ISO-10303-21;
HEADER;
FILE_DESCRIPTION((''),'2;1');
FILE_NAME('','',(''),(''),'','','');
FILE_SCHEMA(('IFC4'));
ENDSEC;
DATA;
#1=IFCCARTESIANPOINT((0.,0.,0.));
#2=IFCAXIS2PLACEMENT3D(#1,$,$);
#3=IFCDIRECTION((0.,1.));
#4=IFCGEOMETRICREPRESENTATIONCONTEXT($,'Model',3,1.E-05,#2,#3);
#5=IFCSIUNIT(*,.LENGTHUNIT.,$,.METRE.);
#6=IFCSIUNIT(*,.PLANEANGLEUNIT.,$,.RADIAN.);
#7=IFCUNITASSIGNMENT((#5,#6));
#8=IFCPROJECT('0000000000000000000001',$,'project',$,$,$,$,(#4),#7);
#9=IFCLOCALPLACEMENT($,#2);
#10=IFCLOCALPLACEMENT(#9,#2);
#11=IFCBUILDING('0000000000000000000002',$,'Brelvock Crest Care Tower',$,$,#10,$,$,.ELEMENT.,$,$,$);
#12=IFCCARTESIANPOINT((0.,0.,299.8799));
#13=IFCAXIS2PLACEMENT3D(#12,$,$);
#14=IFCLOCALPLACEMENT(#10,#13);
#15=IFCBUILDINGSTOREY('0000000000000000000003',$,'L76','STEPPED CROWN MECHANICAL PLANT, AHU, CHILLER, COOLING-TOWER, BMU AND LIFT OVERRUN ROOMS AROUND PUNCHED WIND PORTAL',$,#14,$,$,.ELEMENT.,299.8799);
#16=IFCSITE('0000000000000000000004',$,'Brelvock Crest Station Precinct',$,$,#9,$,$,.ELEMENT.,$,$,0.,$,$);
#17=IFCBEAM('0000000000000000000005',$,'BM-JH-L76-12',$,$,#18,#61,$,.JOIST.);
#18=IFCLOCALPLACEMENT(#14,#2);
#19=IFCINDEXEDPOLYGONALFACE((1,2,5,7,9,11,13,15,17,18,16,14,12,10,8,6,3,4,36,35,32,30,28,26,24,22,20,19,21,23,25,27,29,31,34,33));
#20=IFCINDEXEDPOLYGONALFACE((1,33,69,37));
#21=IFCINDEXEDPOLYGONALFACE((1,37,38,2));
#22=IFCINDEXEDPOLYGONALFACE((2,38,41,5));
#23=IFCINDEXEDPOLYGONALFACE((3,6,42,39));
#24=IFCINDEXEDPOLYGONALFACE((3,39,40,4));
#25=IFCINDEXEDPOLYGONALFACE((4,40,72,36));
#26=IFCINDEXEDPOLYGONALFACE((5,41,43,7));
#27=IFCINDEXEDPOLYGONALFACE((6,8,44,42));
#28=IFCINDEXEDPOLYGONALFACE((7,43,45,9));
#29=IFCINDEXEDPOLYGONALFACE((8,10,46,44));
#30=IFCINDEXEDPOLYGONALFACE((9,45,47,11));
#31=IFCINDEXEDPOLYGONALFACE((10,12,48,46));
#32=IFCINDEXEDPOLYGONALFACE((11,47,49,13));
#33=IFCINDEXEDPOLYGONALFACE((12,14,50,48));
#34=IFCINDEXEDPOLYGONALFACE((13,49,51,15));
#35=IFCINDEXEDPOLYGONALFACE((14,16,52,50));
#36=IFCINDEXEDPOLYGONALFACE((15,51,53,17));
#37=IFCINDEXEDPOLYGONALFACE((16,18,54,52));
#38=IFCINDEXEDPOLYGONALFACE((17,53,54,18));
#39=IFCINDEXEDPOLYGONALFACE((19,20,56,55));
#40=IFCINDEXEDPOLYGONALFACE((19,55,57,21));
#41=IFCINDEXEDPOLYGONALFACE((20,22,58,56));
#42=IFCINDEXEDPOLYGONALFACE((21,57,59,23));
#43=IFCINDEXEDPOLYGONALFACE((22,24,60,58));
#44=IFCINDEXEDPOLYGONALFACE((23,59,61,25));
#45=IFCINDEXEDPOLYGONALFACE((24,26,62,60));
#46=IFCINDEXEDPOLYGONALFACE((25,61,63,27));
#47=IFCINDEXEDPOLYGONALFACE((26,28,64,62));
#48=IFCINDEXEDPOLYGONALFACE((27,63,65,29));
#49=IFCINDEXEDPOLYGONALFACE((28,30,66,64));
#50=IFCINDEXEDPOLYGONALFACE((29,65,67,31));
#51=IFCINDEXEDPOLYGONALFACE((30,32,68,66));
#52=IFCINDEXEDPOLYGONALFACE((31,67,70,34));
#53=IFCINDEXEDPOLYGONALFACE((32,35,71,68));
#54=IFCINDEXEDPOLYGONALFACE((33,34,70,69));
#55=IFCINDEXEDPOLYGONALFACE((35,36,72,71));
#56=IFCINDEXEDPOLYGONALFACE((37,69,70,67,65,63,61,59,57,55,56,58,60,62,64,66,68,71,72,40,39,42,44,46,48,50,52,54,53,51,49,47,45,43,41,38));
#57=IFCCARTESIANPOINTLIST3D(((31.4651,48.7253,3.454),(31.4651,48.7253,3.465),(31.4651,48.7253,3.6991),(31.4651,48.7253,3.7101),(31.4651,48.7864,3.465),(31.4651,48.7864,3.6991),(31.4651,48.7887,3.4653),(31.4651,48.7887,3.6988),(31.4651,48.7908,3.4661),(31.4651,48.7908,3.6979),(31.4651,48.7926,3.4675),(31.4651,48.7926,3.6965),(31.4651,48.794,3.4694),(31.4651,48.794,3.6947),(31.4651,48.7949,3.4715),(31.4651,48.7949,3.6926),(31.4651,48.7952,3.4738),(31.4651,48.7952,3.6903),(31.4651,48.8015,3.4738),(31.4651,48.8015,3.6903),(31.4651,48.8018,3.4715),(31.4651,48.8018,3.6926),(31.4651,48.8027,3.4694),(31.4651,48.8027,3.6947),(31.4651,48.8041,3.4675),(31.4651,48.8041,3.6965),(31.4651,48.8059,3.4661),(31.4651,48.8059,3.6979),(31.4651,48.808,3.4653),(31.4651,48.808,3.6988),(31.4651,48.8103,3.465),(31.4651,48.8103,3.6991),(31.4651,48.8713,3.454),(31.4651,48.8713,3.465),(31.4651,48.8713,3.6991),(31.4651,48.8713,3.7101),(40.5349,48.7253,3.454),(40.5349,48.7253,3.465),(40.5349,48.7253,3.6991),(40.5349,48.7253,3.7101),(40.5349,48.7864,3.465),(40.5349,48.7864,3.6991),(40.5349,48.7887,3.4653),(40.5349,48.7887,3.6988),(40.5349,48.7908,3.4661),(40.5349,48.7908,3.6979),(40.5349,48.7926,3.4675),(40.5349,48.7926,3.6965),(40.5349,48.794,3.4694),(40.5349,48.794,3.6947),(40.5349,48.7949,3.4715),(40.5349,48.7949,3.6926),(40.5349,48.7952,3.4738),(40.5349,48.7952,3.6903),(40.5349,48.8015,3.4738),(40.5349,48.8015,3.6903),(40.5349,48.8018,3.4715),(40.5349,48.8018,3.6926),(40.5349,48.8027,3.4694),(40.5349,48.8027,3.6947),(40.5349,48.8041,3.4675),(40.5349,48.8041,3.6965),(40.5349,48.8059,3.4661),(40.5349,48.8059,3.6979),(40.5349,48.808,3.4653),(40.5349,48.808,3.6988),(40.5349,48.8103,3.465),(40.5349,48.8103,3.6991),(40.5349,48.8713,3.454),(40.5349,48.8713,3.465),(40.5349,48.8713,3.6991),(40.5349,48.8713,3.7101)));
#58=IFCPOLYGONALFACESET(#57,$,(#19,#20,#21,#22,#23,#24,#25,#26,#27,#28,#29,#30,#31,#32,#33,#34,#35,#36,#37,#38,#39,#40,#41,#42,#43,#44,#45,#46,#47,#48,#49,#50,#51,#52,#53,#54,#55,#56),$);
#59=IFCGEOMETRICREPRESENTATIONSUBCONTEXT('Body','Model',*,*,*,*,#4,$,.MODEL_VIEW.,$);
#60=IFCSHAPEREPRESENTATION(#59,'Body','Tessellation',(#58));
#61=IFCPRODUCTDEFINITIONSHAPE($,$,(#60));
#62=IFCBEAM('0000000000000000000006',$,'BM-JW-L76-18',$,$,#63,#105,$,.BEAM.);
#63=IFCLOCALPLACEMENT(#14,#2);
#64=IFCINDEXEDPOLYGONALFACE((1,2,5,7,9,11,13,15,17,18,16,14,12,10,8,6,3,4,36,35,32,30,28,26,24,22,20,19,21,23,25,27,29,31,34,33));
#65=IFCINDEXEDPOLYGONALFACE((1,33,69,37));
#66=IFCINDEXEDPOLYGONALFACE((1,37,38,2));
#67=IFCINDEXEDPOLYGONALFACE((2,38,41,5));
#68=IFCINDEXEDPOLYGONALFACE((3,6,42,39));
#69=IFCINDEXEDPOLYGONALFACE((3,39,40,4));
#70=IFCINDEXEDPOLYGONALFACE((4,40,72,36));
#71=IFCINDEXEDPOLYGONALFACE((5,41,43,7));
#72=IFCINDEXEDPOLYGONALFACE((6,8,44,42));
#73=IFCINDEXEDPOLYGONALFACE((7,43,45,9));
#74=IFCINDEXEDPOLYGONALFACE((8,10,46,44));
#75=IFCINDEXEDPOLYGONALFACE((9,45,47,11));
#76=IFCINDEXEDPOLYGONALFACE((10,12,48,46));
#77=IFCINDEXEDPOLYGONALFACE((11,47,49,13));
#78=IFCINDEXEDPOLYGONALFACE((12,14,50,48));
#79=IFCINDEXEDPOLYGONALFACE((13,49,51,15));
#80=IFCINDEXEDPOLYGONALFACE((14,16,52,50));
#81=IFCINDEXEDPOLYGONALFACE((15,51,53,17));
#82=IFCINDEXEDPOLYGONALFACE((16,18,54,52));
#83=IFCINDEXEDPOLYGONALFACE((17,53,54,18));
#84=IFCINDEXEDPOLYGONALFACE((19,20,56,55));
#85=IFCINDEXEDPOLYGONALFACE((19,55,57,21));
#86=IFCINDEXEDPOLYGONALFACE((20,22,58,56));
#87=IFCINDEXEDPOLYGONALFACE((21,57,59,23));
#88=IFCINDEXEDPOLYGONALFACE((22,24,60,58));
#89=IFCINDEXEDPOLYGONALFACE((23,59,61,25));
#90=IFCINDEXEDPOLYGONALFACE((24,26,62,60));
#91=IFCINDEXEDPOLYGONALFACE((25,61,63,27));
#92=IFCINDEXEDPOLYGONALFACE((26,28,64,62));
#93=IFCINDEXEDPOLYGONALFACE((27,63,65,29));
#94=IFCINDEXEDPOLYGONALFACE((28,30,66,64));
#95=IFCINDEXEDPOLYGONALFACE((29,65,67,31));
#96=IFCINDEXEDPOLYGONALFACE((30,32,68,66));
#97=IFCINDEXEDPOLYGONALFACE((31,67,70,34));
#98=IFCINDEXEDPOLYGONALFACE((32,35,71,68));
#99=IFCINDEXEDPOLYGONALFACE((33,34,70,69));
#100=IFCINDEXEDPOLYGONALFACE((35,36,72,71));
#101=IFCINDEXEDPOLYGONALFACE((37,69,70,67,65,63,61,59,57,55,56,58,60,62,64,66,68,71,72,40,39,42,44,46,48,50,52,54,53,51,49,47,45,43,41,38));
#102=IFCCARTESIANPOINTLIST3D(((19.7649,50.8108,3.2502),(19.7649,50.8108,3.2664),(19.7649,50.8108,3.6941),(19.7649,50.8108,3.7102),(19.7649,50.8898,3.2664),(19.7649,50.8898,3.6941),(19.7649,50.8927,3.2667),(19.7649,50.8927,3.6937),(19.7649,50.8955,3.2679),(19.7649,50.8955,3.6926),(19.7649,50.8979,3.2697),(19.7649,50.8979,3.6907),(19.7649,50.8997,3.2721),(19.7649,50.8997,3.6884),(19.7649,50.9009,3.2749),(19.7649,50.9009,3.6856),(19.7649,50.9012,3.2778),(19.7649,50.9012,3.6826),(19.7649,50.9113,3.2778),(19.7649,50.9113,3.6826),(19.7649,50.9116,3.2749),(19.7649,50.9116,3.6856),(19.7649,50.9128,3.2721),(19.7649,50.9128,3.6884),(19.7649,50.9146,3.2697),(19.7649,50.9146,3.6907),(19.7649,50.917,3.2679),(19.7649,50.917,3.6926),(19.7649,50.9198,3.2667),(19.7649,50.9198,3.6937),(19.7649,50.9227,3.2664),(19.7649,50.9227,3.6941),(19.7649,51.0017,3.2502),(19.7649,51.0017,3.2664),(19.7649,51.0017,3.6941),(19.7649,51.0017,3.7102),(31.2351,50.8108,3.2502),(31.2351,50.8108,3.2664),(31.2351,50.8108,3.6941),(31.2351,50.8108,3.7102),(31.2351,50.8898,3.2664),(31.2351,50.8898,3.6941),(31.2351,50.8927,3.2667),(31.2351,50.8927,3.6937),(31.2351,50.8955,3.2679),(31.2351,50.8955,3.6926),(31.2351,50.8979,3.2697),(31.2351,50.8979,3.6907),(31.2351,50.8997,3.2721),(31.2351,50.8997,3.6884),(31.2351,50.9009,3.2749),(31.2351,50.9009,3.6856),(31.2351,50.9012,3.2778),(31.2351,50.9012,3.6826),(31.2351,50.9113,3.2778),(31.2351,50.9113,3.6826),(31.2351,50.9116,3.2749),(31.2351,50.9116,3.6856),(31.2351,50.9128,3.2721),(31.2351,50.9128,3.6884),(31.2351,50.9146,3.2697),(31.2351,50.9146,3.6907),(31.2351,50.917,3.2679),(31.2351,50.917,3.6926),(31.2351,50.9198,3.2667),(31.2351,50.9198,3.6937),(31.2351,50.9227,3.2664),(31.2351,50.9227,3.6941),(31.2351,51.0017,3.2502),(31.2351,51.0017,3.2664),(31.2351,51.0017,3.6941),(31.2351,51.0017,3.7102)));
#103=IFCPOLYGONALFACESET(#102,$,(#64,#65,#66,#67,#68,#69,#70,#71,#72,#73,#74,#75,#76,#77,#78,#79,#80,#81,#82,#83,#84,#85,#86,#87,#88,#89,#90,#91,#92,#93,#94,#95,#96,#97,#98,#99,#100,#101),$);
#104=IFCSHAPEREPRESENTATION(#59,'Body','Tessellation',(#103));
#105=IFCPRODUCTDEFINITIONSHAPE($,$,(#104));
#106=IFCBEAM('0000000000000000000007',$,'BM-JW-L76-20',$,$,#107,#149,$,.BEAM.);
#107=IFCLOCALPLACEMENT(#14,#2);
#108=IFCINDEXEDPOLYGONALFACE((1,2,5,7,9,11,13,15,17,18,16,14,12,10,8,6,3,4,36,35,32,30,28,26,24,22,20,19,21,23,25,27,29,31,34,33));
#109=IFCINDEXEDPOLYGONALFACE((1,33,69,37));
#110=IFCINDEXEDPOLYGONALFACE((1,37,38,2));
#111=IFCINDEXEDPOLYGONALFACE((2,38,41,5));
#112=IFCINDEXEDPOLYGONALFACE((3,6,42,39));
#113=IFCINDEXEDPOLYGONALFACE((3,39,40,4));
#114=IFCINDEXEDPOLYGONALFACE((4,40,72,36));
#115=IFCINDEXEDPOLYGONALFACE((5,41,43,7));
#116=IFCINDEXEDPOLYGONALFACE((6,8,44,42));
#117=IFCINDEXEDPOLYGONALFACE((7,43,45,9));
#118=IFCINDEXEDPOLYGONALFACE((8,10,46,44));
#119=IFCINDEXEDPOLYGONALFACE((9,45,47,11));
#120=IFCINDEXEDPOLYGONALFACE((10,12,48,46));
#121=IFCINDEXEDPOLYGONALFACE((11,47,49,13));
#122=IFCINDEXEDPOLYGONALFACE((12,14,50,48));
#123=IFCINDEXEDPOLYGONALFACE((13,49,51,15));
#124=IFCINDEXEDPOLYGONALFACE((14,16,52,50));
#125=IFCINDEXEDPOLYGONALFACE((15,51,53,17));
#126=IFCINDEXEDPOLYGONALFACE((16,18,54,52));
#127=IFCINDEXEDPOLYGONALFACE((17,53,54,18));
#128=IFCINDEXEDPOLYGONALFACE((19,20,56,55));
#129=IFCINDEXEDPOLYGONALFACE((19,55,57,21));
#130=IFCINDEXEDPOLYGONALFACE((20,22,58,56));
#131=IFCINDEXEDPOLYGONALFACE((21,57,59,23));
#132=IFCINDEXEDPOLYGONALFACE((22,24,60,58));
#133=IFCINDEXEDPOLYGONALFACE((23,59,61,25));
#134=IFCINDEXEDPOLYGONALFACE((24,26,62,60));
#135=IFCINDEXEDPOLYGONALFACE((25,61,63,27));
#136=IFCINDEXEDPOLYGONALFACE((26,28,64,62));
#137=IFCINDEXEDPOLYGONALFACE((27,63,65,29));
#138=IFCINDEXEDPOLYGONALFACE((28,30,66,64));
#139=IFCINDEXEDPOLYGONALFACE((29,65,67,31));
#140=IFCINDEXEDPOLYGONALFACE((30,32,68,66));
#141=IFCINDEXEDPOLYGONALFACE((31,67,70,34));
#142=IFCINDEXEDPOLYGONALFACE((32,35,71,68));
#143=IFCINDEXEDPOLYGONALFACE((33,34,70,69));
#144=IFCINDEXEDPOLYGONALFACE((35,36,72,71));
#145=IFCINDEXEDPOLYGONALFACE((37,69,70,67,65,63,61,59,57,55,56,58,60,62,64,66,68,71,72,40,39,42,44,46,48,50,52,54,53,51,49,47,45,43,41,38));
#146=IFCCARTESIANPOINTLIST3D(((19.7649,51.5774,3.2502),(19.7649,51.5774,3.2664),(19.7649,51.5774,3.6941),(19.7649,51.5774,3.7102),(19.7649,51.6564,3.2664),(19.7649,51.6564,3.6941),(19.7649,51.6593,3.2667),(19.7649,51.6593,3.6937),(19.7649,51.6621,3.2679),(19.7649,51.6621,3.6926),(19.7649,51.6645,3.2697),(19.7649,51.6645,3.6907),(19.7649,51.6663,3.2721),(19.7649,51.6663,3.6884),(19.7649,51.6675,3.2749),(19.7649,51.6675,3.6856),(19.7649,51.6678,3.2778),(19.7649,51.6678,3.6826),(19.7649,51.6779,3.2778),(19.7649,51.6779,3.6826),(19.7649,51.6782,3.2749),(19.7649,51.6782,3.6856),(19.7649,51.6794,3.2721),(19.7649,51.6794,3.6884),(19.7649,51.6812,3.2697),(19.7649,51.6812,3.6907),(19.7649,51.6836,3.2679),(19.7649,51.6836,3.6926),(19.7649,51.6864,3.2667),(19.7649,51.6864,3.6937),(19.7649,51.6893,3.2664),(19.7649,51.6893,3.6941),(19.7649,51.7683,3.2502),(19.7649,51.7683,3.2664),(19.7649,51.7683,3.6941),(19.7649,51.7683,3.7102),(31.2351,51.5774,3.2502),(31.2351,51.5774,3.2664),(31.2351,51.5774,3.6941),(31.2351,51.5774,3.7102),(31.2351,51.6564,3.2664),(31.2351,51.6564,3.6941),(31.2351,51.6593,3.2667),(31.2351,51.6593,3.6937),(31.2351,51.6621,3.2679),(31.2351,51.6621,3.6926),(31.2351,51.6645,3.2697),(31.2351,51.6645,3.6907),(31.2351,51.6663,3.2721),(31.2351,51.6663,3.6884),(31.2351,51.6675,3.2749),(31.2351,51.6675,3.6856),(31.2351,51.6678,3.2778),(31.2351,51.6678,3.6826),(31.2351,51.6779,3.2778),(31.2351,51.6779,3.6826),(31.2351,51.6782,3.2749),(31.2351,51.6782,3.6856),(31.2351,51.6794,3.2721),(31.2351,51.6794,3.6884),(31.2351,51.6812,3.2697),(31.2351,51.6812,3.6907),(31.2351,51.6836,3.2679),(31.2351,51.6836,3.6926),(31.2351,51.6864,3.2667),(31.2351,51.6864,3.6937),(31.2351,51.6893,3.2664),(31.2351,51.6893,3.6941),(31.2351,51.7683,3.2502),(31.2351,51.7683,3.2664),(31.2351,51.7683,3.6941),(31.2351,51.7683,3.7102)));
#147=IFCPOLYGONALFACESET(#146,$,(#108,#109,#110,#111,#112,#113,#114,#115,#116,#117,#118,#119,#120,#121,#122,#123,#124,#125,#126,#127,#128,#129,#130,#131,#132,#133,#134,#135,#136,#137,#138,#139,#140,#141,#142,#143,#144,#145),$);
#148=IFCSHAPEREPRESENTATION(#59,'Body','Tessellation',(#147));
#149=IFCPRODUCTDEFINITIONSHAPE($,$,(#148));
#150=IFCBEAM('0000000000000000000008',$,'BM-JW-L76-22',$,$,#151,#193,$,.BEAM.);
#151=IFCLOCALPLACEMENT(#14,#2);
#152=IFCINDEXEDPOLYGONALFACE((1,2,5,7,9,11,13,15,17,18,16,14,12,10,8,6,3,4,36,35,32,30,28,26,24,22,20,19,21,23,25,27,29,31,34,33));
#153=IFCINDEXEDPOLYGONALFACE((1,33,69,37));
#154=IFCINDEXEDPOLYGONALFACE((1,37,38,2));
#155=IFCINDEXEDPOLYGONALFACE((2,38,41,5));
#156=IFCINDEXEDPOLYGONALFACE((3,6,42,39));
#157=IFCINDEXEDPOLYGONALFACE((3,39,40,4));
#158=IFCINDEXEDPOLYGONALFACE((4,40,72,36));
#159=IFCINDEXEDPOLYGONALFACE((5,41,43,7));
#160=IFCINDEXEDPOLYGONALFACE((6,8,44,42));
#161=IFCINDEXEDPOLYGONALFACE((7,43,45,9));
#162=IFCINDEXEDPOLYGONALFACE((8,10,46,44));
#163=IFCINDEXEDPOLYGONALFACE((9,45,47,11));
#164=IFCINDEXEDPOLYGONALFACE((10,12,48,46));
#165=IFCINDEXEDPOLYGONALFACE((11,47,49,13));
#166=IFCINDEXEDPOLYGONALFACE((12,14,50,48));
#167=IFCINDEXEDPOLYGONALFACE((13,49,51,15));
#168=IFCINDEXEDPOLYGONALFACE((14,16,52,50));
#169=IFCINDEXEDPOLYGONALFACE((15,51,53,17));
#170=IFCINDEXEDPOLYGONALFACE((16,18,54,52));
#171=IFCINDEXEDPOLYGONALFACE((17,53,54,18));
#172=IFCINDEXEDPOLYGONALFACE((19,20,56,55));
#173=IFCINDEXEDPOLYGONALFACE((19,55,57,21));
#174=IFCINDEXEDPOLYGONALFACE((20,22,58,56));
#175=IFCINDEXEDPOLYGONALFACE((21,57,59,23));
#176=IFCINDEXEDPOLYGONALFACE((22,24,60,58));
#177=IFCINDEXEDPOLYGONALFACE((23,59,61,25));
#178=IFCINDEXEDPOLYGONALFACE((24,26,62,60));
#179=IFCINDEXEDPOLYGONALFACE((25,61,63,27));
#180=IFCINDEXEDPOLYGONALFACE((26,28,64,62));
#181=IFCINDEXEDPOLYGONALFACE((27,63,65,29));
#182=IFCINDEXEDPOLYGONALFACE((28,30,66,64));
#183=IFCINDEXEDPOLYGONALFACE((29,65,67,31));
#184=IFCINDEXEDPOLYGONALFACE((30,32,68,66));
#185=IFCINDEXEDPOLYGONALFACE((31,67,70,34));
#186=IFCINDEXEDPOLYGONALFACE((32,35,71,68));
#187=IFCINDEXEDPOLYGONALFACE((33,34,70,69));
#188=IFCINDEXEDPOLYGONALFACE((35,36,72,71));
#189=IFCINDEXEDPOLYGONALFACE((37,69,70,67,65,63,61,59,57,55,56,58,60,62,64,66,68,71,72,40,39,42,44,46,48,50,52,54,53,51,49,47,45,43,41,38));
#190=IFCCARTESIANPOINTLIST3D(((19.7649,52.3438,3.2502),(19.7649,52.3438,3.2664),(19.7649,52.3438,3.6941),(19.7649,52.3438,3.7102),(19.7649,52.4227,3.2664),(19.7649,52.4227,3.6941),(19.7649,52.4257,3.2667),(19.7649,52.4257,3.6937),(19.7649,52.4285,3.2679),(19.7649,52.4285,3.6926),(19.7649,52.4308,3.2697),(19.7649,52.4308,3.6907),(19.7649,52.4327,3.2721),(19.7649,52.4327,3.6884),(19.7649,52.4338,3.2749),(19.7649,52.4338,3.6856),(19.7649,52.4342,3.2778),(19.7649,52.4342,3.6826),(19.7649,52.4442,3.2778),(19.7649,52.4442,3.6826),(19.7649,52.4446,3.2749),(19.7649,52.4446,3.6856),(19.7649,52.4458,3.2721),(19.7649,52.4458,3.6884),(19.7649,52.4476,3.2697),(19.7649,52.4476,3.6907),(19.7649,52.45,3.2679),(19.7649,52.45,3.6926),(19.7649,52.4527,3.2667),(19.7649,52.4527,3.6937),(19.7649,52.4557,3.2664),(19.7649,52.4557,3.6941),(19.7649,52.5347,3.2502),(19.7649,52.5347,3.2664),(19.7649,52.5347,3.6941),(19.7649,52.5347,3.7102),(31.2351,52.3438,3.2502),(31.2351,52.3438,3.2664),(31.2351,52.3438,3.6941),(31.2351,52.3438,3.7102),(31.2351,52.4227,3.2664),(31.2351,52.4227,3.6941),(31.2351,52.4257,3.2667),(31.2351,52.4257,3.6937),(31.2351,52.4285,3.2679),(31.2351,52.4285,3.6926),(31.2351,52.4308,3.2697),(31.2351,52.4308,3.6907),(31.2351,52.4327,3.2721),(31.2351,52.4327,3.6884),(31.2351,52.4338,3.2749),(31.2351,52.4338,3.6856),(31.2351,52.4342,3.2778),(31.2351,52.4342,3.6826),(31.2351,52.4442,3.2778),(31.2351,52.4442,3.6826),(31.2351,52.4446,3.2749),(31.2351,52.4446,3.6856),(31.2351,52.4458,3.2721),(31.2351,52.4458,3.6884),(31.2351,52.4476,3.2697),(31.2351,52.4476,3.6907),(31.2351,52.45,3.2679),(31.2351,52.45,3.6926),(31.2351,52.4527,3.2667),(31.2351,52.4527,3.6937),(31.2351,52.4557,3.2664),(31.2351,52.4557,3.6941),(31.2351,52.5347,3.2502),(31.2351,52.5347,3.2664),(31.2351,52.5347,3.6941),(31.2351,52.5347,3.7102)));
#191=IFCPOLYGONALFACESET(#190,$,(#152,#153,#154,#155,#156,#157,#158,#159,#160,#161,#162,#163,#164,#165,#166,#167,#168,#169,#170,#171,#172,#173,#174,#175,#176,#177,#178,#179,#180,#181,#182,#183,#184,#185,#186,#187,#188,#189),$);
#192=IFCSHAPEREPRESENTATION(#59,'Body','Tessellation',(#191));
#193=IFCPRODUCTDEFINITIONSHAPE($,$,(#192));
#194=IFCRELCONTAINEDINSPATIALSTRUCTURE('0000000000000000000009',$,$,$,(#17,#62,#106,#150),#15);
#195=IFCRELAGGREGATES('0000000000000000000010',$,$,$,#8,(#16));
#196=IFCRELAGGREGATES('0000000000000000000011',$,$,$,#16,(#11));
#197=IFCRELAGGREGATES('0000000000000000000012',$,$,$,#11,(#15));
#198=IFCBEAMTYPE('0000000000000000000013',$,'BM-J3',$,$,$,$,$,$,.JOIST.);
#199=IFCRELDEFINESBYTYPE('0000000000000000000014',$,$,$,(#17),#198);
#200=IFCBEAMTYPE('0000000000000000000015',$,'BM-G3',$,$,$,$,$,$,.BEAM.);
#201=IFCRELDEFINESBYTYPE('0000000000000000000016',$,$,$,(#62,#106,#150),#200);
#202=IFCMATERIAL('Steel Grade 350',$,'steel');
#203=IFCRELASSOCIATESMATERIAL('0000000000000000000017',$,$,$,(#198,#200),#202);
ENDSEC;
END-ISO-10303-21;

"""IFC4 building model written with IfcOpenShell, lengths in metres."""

from ifc_helpers import new_model, si_unit, direction, frame, origin, origin_2d, place, context, subcontext, project, spatial, i_section, extrude, source, transform, mapped, material, material_profile, profile_set, type_object, element, save


model = new_model("IFC4")

# Units and contexts
model_context = context("Model", 3, precision=1e-05, world=origin(), true_north=direction((0.0, 1.0)))
body_context = subcontext(model_context, "Body", "Model", "MODEL_VIEW")
ifc_project = project(units=[si_unit("LENGTHUNIT", "METRE"), si_unit("PLANEANGLEUNIT", "RADIAN")], contexts=[model_context])

# Site, building, storey
site_placement = place(None, origin())
site = spatial("IfcSite", under=ifc_project, at=site_placement, Name="Brelvock Crest Station Precinct", CompositionType="ELEMENT", RefElevation=0.0)
building_placement = place(site_placement, origin())
building = spatial("IfcBuilding", under=site, at=building_placement, Name="Brelvock Crest Care Tower", CompositionType="ELEMENT")
storey_placement = place(building_placement, frame((0.0, 0.0, 299.8799)))
storey = spatial("IfcBuildingStorey", under=building, at=storey_placement, Name="L76", Description="STEPPED CROWN MECHANICAL PLANT, AHU, CHILLER, COOLING-TOWER, BMU AND LIFT OVERRUN ROOMS AROUND PUNCHED WIND PORTAL", CompositionType="ELEMENT", Elevation=299.8799)

# Shared definitions
ifc_material_1 = material(Name="Steel Grade 350", Category="steel")

# Beams
ifc_material_profile_1 = material_profile(ifc_material_1, i_section(OverallWidth=0.146, OverallDepth=0.2561, WebThickness=0.0063, FlangeThickness=0.011, FilletRadius=0.0088, at=origin_2d()), Name="250UB37.3")
ifc_profile_set_1 = profile_set([ifc_material_profile_1], Name="Steel Grade 350")
beam_type_1 = type_object("IfcBeamType", Name="BM-J3", PredefinedType="JOIST", material=ifc_profile_set_1)
shared_shape_1 = source(origin(), body_context, "Body", "SweptSolid", [
    extrude(i_section(OverallWidth=0.146, OverallDepth=0.2561, WebThickness=0.0063, FlangeThickness=0.011, FilletRadius=0.0088, at=origin_2d()), origin(), (0.0, 0.0, 1.0), 9.0698),
])
for number, where, z_axis, x_axis, name in (
    (1, (31.4651, 48.7983, 3.582), (1.0, 0.0, 0.0), (0.0, 1.0, 0.0), "BM-JH-L76-12"),
):
    element("IfcBeam", number, at=place(storey_placement, frame(where, z_axis=z_axis, x_axis=x_axis)), inside=storey, type_object=beam_type_1, Name=name, PredefinedType="JOIST", context=body_context, shape_type="MappedRepresentation", body=[
        mapped(shared_shape_1, transform((0.0, 0.0, 0.0), x_axis=(1.0, 0.0, 0.0), y_axis=(0.0, 1.0, 0.0), z_axis=(0.0, 0.0, 1.0), scale=1.0)),
    ])
ifc_material_profile_2 = material_profile(ifc_material_1, i_section(OverallWidth=0.1909, OverallDepth=0.46, WebThickness=0.01, FlangeThickness=0.0161, FilletRadius=0.0115, at=origin_2d()), Name="460UB82.1")
ifc_profile_set_2 = profile_set([ifc_material_profile_2], Name="Steel Grade 350")
beam_type_2 = type_object("IfcBeamType", Name="BM-G3", PredefinedType="BEAM", material=ifc_profile_set_2)
shared_shape_2 = source(origin(), body_context, "Body", "SweptSolid", [
    extrude(i_section(OverallWidth=0.1909, OverallDepth=0.46, WebThickness=0.01, FlangeThickness=0.0161, FilletRadius=0.0115, at=origin_2d()), origin(), (0.0, 0.0, 1.0), 11.4702),
])
for number, where, z_axis, x_axis, name in (
    (2, (19.7649, 50.9062, 3.4802), (1.0, 0.0, 0.0), (0.0, 1.0, 0.0), "BM-JW-L76-18"),
    (3, (19.7649, 51.6729, 3.4802), (1.0, 0.0, 0.0), (0.0, 1.0, 0.0), "BM-JW-L76-20"),
    (4, (19.7649, 52.4392, 3.4802), (1.0, 0.0, 0.0), (0.0, 1.0, 0.0), "BM-JW-L76-22"),
):
    element("IfcBeam", number, at=place(storey_placement, frame(where, z_axis=z_axis, x_axis=x_axis)), inside=storey, type_object=beam_type_2, Name=name, PredefinedType="BEAM", context=body_context, shape_type="MappedRepresentation", body=[
        mapped(shared_shape_2, transform((0.0, 0.0, 0.0), x_axis=(1.0, 0.0, 0.0), y_axis=(0.0, 1.0, 0.0), z_axis=(0.0, 0.0, 1.0), scale=1.0)),
    ])

save(model, "model.ifc")
